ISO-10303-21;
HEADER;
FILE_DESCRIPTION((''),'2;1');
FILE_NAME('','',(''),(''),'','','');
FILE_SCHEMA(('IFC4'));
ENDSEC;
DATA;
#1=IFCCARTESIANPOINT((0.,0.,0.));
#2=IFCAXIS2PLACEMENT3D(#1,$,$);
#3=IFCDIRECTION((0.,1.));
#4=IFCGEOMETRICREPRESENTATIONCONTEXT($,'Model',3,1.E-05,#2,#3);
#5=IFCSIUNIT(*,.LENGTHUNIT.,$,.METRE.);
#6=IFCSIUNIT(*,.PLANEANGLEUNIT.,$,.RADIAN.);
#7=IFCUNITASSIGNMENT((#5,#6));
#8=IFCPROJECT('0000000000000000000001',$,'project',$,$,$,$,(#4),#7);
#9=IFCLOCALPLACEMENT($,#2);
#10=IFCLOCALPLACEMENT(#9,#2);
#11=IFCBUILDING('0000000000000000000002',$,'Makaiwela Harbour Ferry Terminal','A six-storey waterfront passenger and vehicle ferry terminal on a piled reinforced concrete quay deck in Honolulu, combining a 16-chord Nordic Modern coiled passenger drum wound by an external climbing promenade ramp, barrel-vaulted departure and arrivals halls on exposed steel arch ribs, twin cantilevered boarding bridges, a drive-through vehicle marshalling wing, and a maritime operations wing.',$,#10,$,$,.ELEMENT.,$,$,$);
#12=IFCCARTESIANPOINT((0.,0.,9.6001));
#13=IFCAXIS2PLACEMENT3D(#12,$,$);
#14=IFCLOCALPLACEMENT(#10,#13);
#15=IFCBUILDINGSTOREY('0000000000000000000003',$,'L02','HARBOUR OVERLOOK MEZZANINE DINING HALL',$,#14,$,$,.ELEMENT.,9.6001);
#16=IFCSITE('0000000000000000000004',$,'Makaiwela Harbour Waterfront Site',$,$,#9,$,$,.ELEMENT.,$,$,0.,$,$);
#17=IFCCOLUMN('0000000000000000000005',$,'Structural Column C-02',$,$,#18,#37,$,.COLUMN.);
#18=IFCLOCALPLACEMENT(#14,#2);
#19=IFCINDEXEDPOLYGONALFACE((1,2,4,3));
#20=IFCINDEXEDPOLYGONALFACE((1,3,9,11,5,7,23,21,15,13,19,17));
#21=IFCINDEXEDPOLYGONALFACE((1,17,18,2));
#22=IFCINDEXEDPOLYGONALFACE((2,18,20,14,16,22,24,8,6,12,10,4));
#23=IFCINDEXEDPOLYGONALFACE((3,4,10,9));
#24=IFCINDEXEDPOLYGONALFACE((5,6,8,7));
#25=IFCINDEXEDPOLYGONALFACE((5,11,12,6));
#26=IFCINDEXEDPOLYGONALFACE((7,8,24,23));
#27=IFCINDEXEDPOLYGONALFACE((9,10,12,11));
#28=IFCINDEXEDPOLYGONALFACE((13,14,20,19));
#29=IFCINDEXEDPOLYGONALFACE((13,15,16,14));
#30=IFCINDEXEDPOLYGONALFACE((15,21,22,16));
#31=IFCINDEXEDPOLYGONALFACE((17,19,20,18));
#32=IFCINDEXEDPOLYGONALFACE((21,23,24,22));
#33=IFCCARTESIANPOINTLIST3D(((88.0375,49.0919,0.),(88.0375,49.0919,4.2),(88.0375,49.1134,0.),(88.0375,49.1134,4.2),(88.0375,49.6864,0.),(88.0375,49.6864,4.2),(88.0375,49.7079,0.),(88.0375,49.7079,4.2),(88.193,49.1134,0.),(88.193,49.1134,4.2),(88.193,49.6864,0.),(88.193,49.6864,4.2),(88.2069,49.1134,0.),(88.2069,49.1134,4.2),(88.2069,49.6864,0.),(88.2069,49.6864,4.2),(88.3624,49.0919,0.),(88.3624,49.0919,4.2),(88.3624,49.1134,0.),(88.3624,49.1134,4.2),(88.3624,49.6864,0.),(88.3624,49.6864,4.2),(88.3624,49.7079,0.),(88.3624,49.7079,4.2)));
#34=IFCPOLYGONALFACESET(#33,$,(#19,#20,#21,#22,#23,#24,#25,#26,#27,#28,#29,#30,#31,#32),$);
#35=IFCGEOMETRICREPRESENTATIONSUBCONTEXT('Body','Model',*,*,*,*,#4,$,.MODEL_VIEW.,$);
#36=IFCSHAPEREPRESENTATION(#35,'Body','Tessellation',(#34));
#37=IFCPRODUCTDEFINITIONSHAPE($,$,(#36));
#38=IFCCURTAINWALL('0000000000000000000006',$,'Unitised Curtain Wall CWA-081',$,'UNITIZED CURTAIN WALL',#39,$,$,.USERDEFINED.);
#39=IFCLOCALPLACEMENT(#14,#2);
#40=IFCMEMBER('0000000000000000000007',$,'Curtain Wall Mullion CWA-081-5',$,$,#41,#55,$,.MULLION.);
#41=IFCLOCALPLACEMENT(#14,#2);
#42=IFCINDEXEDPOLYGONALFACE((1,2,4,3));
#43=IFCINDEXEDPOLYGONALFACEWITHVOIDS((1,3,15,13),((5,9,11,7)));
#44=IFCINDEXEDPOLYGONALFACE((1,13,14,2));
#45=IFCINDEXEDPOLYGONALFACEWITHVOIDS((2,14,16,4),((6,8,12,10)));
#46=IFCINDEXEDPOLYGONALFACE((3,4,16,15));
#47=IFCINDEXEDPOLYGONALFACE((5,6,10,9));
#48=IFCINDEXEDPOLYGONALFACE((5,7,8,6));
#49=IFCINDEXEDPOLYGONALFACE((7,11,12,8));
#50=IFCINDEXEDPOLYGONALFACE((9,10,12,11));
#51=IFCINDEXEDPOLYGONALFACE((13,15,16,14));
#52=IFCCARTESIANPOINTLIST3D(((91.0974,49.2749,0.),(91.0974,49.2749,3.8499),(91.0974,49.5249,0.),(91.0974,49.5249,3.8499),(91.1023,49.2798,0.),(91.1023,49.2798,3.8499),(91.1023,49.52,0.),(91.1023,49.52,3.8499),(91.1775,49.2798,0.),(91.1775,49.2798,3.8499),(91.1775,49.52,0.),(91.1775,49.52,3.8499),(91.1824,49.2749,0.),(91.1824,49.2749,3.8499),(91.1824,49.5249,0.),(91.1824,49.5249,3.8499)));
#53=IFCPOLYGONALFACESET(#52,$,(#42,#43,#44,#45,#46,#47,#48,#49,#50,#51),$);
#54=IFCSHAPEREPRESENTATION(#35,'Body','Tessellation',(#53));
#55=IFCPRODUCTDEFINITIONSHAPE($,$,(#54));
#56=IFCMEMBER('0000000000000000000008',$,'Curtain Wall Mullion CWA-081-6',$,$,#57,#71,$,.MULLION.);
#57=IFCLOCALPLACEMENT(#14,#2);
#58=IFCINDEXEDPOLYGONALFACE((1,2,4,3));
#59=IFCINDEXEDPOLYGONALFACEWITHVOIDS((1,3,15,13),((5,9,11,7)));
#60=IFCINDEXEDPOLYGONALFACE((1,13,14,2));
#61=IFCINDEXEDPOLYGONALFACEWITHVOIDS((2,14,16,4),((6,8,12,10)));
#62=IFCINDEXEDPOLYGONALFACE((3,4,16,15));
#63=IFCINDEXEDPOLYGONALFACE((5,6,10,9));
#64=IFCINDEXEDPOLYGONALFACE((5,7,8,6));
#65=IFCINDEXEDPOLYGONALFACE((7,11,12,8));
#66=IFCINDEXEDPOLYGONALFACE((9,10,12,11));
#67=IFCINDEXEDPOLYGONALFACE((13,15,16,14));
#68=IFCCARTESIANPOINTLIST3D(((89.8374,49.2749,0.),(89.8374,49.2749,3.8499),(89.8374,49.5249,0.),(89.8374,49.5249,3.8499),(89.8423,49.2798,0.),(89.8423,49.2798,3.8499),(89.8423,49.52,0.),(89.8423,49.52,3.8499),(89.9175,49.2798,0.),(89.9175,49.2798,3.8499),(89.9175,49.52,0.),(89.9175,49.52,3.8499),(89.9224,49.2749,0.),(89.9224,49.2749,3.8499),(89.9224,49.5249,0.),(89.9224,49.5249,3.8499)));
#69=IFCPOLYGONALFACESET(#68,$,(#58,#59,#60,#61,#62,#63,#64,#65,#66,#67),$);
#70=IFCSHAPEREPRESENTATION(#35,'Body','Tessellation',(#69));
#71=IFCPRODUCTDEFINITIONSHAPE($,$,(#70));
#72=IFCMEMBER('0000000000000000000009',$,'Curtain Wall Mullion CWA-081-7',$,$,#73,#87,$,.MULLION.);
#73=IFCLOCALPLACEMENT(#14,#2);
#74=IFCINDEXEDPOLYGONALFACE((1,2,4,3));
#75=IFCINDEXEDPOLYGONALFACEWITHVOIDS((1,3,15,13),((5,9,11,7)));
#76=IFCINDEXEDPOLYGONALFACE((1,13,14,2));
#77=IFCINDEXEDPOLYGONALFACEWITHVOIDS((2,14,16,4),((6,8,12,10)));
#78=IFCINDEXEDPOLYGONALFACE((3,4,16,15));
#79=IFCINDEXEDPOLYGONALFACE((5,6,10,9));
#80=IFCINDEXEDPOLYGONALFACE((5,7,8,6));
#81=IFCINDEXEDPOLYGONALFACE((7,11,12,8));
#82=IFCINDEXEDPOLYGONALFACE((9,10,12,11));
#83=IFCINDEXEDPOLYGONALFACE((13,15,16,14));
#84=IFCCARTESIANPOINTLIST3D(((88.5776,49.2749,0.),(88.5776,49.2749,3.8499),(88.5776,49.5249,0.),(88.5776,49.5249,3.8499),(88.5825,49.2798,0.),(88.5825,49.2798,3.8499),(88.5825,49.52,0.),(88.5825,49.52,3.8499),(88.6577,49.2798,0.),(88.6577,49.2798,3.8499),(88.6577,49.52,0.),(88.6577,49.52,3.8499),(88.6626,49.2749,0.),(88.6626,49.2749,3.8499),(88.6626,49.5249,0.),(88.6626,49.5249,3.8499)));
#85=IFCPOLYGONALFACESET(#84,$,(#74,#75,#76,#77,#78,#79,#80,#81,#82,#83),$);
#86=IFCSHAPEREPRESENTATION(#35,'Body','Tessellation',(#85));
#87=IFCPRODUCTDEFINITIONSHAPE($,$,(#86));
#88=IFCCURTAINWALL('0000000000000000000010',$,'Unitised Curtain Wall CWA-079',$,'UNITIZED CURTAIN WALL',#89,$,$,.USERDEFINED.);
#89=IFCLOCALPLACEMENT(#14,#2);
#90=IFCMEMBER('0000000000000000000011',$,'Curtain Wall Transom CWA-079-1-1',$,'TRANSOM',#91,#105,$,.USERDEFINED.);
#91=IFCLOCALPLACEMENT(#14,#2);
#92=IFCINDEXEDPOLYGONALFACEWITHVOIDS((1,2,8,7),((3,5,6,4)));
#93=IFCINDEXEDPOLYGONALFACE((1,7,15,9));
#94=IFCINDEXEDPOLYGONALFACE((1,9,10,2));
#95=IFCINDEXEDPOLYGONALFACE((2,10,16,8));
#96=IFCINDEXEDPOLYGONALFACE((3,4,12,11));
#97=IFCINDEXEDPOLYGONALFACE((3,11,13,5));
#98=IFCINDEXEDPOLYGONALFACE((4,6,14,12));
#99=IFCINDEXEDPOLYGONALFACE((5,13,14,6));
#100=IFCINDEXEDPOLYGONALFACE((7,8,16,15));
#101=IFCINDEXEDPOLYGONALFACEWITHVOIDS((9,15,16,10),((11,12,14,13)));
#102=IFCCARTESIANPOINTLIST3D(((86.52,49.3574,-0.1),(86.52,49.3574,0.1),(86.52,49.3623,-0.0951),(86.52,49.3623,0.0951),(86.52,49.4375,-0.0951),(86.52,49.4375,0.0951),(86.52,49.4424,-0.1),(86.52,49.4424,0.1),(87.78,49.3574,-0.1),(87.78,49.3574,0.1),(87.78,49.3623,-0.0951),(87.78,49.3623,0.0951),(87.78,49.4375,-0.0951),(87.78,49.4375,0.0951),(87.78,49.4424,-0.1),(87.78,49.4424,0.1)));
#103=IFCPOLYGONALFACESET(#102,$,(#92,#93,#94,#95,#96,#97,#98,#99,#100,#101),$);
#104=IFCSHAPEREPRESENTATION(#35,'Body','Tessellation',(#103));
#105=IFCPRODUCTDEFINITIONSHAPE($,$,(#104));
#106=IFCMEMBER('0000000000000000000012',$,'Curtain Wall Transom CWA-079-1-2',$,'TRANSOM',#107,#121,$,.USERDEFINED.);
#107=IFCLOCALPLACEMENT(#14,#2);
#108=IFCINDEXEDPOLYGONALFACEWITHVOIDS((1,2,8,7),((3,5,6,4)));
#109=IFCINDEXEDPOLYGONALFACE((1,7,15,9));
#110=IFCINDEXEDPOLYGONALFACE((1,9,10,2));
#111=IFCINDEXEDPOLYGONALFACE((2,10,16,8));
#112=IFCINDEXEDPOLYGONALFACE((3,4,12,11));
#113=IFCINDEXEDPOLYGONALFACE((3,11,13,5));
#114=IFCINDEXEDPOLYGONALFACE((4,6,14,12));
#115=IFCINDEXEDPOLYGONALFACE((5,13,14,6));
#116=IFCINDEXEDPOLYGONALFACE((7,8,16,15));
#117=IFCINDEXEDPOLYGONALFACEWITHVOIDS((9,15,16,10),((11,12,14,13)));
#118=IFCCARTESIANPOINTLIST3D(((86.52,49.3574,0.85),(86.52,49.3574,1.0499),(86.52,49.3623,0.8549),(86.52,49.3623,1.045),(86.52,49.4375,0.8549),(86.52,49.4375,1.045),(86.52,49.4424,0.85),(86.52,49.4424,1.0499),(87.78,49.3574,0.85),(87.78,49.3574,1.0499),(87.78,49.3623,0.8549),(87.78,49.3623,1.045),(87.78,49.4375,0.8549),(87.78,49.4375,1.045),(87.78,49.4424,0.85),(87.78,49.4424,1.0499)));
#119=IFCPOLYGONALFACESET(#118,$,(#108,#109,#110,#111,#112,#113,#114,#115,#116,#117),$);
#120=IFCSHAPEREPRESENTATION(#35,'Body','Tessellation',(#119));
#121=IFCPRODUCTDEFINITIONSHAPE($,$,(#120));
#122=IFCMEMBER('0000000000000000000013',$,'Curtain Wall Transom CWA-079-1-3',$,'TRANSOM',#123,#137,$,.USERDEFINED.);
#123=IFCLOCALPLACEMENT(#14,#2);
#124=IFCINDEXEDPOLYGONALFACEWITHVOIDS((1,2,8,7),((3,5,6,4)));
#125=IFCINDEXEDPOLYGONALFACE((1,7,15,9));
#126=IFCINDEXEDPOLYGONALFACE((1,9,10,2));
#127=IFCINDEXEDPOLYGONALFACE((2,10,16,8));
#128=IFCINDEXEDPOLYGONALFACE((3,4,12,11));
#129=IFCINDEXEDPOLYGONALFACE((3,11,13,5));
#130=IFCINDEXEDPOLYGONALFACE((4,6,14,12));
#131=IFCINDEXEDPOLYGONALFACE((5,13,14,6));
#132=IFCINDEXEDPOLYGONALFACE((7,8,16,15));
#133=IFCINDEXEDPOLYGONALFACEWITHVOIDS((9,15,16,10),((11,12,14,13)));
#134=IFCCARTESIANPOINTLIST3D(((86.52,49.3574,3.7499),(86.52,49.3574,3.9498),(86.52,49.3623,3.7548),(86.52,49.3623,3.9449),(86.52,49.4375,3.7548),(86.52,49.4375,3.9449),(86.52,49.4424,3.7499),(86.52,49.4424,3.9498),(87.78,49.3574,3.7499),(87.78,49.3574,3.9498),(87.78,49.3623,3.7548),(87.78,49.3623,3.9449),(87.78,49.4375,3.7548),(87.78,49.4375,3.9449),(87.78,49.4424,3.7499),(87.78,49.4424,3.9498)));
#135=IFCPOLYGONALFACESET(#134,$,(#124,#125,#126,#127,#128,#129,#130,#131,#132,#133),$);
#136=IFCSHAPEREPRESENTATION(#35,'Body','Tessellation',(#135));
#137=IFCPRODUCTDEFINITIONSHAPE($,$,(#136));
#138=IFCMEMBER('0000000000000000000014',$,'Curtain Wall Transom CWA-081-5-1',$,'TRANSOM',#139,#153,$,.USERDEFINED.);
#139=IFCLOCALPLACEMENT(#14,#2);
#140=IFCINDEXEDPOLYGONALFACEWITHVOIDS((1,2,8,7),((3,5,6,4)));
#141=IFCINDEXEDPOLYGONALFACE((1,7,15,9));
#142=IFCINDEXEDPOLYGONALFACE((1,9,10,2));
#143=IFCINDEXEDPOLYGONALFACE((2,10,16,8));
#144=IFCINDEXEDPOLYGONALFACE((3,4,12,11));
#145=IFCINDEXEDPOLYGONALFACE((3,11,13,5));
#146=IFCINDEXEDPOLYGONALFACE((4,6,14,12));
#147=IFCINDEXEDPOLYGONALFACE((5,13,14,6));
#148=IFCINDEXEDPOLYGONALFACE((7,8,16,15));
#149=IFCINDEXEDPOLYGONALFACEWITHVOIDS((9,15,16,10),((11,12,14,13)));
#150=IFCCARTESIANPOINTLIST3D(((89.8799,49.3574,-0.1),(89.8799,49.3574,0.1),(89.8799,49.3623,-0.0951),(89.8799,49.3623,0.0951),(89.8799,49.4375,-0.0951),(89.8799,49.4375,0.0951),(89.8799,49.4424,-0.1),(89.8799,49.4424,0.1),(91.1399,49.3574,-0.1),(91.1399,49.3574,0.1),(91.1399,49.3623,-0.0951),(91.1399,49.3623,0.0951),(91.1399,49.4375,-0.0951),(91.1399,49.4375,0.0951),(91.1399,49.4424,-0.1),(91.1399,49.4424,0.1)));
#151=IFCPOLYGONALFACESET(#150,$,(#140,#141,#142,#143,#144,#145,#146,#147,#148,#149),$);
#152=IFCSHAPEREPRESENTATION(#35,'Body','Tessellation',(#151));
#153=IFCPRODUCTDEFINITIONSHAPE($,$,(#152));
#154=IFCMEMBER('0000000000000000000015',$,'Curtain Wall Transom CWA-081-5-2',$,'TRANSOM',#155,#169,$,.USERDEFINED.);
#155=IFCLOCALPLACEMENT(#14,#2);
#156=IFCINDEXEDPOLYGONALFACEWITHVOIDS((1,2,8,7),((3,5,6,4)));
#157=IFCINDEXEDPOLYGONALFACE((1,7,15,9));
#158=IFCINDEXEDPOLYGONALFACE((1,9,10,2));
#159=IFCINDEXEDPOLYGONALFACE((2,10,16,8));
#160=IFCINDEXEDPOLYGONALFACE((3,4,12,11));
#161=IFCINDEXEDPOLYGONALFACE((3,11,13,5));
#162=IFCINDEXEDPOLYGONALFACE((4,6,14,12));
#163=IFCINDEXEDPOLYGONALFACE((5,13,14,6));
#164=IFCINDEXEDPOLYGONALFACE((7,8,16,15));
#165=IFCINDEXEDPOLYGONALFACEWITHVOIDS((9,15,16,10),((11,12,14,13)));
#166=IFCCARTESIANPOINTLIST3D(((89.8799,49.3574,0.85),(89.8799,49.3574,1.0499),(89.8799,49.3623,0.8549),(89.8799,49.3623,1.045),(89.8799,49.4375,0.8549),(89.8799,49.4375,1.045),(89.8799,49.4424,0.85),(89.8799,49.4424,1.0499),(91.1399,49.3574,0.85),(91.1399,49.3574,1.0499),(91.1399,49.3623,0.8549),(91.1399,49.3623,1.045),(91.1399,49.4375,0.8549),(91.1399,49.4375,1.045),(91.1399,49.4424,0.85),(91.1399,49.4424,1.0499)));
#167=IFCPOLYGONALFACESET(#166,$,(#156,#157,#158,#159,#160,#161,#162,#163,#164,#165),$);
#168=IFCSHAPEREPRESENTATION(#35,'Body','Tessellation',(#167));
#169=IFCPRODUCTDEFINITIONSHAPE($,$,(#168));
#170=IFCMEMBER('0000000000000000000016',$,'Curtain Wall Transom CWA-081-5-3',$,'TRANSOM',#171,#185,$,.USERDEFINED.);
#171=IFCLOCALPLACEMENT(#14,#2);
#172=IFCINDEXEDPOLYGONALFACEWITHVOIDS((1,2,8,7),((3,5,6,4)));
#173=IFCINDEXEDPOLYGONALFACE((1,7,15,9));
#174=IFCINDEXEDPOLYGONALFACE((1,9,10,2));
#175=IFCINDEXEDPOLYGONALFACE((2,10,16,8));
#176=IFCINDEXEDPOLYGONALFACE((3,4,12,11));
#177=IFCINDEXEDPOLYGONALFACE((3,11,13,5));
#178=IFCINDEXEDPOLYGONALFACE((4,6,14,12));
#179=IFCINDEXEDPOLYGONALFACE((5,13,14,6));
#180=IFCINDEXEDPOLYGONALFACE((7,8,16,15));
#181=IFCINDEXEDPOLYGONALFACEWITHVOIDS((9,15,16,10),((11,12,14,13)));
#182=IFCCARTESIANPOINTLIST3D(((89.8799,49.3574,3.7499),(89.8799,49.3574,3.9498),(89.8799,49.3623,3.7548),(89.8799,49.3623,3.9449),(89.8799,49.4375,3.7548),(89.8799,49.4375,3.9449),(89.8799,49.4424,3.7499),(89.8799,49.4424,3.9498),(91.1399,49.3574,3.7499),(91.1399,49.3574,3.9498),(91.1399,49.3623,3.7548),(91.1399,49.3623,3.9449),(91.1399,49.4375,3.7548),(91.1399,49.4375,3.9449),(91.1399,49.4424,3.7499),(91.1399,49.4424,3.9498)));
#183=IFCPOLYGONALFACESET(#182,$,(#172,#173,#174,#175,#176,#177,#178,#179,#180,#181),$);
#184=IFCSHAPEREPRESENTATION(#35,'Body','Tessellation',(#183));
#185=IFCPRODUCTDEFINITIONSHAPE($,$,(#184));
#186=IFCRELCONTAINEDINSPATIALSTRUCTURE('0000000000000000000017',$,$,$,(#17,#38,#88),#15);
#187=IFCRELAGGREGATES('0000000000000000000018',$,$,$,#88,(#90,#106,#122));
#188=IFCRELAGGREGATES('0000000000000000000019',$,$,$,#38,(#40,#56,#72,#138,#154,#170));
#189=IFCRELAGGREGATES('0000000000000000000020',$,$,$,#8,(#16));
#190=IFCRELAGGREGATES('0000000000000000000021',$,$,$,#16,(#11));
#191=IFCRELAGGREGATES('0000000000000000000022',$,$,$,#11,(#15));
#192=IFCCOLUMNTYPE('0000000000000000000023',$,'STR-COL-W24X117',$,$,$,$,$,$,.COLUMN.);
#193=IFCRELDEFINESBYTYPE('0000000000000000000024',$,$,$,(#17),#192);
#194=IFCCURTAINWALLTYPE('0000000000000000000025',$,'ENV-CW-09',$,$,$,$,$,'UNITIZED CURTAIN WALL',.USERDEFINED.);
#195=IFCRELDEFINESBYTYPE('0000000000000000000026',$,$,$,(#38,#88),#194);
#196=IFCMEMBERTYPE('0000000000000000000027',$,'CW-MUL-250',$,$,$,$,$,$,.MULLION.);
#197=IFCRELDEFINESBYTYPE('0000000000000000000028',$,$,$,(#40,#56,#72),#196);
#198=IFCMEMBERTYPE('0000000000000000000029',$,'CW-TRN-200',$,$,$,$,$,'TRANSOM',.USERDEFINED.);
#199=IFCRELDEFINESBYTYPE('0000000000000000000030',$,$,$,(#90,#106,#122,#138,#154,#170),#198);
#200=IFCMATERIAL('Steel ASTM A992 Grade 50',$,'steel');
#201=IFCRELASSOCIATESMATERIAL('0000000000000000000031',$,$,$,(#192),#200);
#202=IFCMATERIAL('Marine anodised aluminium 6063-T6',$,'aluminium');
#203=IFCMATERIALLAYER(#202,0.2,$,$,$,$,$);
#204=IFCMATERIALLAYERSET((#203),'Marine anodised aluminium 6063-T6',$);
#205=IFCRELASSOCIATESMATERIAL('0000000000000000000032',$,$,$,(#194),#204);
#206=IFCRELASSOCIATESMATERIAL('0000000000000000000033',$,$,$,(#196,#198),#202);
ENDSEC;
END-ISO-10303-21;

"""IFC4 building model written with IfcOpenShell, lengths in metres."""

from ifc_helpers import new_model, si_unit, direction, frame, origin, origin_2d, place, context, subcontext, project, spatial, hollow_rectangle, i_section, extrude, material, layer, layer_set, material_profile, profile_set, type_object, element, aggregate, save


model = new_model("IFC4")

# Units and contexts
model_context = context("Model", 3, precision=1e-05, world=origin(), true_north=direction((0.0, 1.0)))
body_context = subcontext(model_context, "Body", "Model", "MODEL_VIEW")
ifc_project = project(units=[si_unit("LENGTHUNIT", "METRE"), si_unit("PLANEANGLEUNIT", "RADIAN")], contexts=[model_context])

# Site, building, storey
site_placement = place(None, origin())
site = spatial("IfcSite", under=ifc_project, at=site_placement, Name="Makaiwela Harbour Waterfront Site", CompositionType="ELEMENT", RefElevation=0.0)
building_placement = place(site_placement, origin())
building = spatial("IfcBuilding", under=site, at=building_placement, Name="Makaiwela Harbour Ferry Terminal", Description="A six-storey waterfront passenger and vehicle ferry terminal on a piled reinforced concrete quay deck in Honolulu, combining a 16-chord Nordic Modern coiled passenger drum wound by an external climbing promenade ramp, barrel-vaulted departure and arrivals halls on exposed steel arch ribs, twin cantilevered boarding bridges, a drive-through vehicle marshalling wing, and a maritime operations wing.", CompositionType="ELEMENT")
storey_placement = place(building_placement, frame((0.0, 0.0, 9.6001)))
storey = spatial("IfcBuildingStorey", under=building, at=storey_placement, Name="L02", Description="HARBOUR OVERLOOK MEZZANINE DINING HALL", CompositionType="ELEMENT", Elevation=9.6001)

# Column
ifc_material_1 = material(Name="Steel ASTM A992 Grade 50", Category="steel")
ifc_material_profile_1 = material_profile(ifc_material_1, i_section(OverallWidth=0.325, OverallDepth=0.616, WebThickness=0.0139, FlangeThickness=0.0215, at=origin_2d()), Name="W24X117")
ifc_profile_set_1 = profile_set([ifc_material_profile_1], Name="Steel ASTM A992 Grade 50")
column_type = type_object("IfcColumnType", Name="STR-COL-W24X117", PredefinedType="COLUMN", material=ifc_profile_set_1)
column_placement = place(storey_placement, frame((88.2, 49.3999, 0.0), z_axis=(0.0, 0.0, 1.0), x_axis=(1.0, 0.0, 0.0)))
element("IfcColumn", 1, at=column_placement, inside=storey, type_object=column_type, Name="Structural Column C-02", PredefinedType="COLUMN", context=body_context, shape_type="SweptSolid", body=[
    extrude(i_section(OverallWidth=0.325, OverallDepth=0.616, WebThickness=0.0139, FlangeThickness=0.0215, at=origin_2d()), origin(), (0.0, 0.0, 1.0), 4.2),
])

# Curtain walls, members
ifc_material_2 = material(Name="Marine anodised aluminium 6063-T6", Category="aluminium")
ifc_layer_1 = layer(ifc_material_2, 0.2)
ifc_layer_set_1 = layer_set([ifc_layer_1], Name="Marine anodised aluminium 6063-T6")
curtain_wall_type = type_object("IfcCurtainWallType", Name="ENV-CW-09", ElementType="UNITIZED CURTAIN WALL", PredefinedType="USERDEFINED", material=ifc_layer_set_1)
curtain_wall_1_placement = place(storey_placement, origin())
curtain_wall_1 = element("IfcCurtainWall", 2, at=curtain_wall_1_placement, inside=storey, type_object=curtain_wall_type, Name="Unitised Curtain Wall CWA-081", ObjectType="UNITIZED CURTAIN WALL", PredefinedType="USERDEFINED")
ifc_material_profile_2 = material_profile(ifc_material_2, hollow_rectangle(XDim=0.085, YDim=0.25, WallThickness=0.0049, at=origin_2d()), Name="CWM-250X85")
ifc_profile_set_2 = profile_set([ifc_material_profile_2], Name="Marine anodised aluminium 6063-T6")
member_type_1 = type_object("IfcMemberType", Name="CW-MUL-250", PredefinedType="MULLION", material=ifc_profile_set_2)
member_1_placement = place(storey_placement, frame((91.1399, 49.3999, 0.0), z_axis=(0.0, 0.0, 1.0), x_axis=(1.0, 0.0, 0.0)))
member_1 = element("IfcMember", 3, at=member_1_placement, type_object=member_type_1, Name="Curtain Wall Mullion CWA-081-5", PredefinedType="MULLION", context=body_context, shape_type="SweptSolid", body=[
    extrude(hollow_rectangle(XDim=0.085, YDim=0.25, WallThickness=0.0049, at=origin_2d()), origin(), (0.0, 0.0, 1.0), 3.8499),
])
member_2_placement = place(storey_placement, frame((89.8799, 49.3999, 0.0), z_axis=(0.0, 0.0, 1.0), x_axis=(1.0, 0.0, 0.0)))
member_2 = element("IfcMember", 4, at=member_2_placement, type_object=member_type_1, Name="Curtain Wall Mullion CWA-081-6", PredefinedType="MULLION", context=body_context, shape_type="SweptSolid", body=[
    extrude(hollow_rectangle(XDim=0.085, YDim=0.25, WallThickness=0.0049, at=origin_2d()), origin(), (0.0, 0.0, 1.0), 3.8499),
])
member_3_placement = place(storey_placement, frame((88.6201, 49.3999, 0.0), z_axis=(0.0, 0.0, 1.0), x_axis=(1.0, 0.0, 0.0)))
member_3 = element("IfcMember", 5, at=member_3_placement, type_object=member_type_1, Name="Curtain Wall Mullion CWA-081-7", PredefinedType="MULLION", context=body_context, shape_type="SweptSolid", body=[
    extrude(hollow_rectangle(XDim=0.085, YDim=0.25, WallThickness=0.0049, at=origin_2d()), origin(), (0.0, 0.0, 1.0), 3.8499),
])
curtain_wall_2_placement = place(storey_placement, origin())
curtain_wall_2 = element("IfcCurtainWall", 6, at=curtain_wall_2_placement, inside=storey, type_object=curtain_wall_type, Name="Unitised Curtain Wall CWA-079", ObjectType="UNITIZED CURTAIN WALL", PredefinedType="USERDEFINED")
ifc_material_profile_3 = material_profile(ifc_material_2, hollow_rectangle(XDim=0.085, YDim=0.2, WallThickness=0.0049, at=origin_2d()), Name="CWT-200X85")
ifc_profile_set_3 = profile_set([ifc_material_profile_3], Name="Marine anodised aluminium 6063-T6")
member_type_2 = type_object("IfcMemberType", Name="CW-TRN-200", ElementType="TRANSOM", PredefinedType="USERDEFINED", material=ifc_profile_set_3)
member_4_placement = place(storey_placement, frame((87.78, 49.3999, 0.0), z_axis=(-1.0, 0.0, 0.0), x_axis=(0.0, -1.0, 0.0)))
member_4 = element("IfcMember", 7, at=member_4_placement, type_object=member_type_2, Name="Curtain Wall Transom CWA-079-1-1", ObjectType="TRANSOM", PredefinedType="USERDEFINED", context=body_context, shape_type="SweptSolid", body=[
    extrude(hollow_rectangle(XDim=0.085, YDim=0.2, WallThickness=0.0049, at=origin_2d()), origin(), (0.0, 0.0, 1.0), 1.26),
])
member_5_placement = place(storey_placement, frame((87.78, 49.3999, 0.95), z_axis=(-1.0, 0.0, 0.0), x_axis=(0.0, -1.0, 0.0)))
member_5 = element("IfcMember", 8, at=member_5_placement, type_object=member_type_2, Name="Curtain Wall Transom CWA-079-1-2", ObjectType="TRANSOM", PredefinedType="USERDEFINED", context=body_context, shape_type="SweptSolid", body=[
    extrude(hollow_rectangle(XDim=0.085, YDim=0.2, WallThickness=0.0049, at=origin_2d()), origin(), (0.0, 0.0, 1.0), 1.26),
])
member_6_placement = place(storey_placement, frame((87.78, 49.3999, 3.8499), z_axis=(-1.0, 0.0, 0.0), x_axis=(0.0, -1.0, 0.0)))
member_6 = element("IfcMember", 9, at=member_6_placement, type_object=member_type_2, Name="Curtain Wall Transom CWA-079-1-3", ObjectType="TRANSOM", PredefinedType="USERDEFINED", context=body_context, shape_type="SweptSolid", body=[
    extrude(hollow_rectangle(XDim=0.085, YDim=0.2, WallThickness=0.0049, at=origin_2d()), origin(), (0.0, 0.0, 1.0), 1.26),
])
aggregate(curtain_wall_2, [member_4, member_5, member_6])

# Members
member_7_placement = place(storey_placement, frame((91.1399, 49.3999, 0.0), z_axis=(-1.0, 0.0, 0.0), x_axis=(0.0, -1.0, 0.0)))
member_7 = element("IfcMember", 10, at=member_7_placement, type_object=member_type_2, Name="Curtain Wall Transom CWA-081-5-1", ObjectType="TRANSOM", PredefinedType="USERDEFINED", context=body_context, shape_type="SweptSolid", body=[
    extrude(hollow_rectangle(XDim=0.085, YDim=0.2, WallThickness=0.0049, at=origin_2d()), origin(), (0.0, 0.0, 1.0), 1.26),
])
member_8_placement = place(storey_placement, frame((91.1399, 49.3999, 0.95), z_axis=(-1.0, 0.0, 0.0), x_axis=(0.0, -1.0, 0.0)))
member_8 = element("IfcMember", 11, at=member_8_placement, type_object=member_type_2, Name="Curtain Wall Transom CWA-081-5-2", ObjectType="TRANSOM", PredefinedType="USERDEFINED", context=body_context, shape_type="SweptSolid", body=[
    extrude(hollow_rectangle(XDim=0.085, YDim=0.2, WallThickness=0.0049, at=origin_2d()), origin(), (0.0, 0.0, 1.0), 1.26),
])
member_9_placement = place(storey_placement, frame((91.1399, 49.3999, 3.8499), z_axis=(-1.0, 0.0, 0.0), x_axis=(0.0, -1.0, 0.0)))
member_9 = element("IfcMember", 12, at=member_9_placement, type_object=member_type_2, Name="Curtain Wall Transom CWA-081-5-3", ObjectType="TRANSOM", PredefinedType="USERDEFINED", context=body_context, shape_type="SweptSolid", body=[
    extrude(hollow_rectangle(XDim=0.085, YDim=0.2, WallThickness=0.0049, at=origin_2d()), origin(), (0.0, 0.0, 1.0), 1.26),
])

aggregate(curtain_wall_1, [member_1, member_2, member_3, member_7, member_8, member_9])

save(model, "model.ifc")
